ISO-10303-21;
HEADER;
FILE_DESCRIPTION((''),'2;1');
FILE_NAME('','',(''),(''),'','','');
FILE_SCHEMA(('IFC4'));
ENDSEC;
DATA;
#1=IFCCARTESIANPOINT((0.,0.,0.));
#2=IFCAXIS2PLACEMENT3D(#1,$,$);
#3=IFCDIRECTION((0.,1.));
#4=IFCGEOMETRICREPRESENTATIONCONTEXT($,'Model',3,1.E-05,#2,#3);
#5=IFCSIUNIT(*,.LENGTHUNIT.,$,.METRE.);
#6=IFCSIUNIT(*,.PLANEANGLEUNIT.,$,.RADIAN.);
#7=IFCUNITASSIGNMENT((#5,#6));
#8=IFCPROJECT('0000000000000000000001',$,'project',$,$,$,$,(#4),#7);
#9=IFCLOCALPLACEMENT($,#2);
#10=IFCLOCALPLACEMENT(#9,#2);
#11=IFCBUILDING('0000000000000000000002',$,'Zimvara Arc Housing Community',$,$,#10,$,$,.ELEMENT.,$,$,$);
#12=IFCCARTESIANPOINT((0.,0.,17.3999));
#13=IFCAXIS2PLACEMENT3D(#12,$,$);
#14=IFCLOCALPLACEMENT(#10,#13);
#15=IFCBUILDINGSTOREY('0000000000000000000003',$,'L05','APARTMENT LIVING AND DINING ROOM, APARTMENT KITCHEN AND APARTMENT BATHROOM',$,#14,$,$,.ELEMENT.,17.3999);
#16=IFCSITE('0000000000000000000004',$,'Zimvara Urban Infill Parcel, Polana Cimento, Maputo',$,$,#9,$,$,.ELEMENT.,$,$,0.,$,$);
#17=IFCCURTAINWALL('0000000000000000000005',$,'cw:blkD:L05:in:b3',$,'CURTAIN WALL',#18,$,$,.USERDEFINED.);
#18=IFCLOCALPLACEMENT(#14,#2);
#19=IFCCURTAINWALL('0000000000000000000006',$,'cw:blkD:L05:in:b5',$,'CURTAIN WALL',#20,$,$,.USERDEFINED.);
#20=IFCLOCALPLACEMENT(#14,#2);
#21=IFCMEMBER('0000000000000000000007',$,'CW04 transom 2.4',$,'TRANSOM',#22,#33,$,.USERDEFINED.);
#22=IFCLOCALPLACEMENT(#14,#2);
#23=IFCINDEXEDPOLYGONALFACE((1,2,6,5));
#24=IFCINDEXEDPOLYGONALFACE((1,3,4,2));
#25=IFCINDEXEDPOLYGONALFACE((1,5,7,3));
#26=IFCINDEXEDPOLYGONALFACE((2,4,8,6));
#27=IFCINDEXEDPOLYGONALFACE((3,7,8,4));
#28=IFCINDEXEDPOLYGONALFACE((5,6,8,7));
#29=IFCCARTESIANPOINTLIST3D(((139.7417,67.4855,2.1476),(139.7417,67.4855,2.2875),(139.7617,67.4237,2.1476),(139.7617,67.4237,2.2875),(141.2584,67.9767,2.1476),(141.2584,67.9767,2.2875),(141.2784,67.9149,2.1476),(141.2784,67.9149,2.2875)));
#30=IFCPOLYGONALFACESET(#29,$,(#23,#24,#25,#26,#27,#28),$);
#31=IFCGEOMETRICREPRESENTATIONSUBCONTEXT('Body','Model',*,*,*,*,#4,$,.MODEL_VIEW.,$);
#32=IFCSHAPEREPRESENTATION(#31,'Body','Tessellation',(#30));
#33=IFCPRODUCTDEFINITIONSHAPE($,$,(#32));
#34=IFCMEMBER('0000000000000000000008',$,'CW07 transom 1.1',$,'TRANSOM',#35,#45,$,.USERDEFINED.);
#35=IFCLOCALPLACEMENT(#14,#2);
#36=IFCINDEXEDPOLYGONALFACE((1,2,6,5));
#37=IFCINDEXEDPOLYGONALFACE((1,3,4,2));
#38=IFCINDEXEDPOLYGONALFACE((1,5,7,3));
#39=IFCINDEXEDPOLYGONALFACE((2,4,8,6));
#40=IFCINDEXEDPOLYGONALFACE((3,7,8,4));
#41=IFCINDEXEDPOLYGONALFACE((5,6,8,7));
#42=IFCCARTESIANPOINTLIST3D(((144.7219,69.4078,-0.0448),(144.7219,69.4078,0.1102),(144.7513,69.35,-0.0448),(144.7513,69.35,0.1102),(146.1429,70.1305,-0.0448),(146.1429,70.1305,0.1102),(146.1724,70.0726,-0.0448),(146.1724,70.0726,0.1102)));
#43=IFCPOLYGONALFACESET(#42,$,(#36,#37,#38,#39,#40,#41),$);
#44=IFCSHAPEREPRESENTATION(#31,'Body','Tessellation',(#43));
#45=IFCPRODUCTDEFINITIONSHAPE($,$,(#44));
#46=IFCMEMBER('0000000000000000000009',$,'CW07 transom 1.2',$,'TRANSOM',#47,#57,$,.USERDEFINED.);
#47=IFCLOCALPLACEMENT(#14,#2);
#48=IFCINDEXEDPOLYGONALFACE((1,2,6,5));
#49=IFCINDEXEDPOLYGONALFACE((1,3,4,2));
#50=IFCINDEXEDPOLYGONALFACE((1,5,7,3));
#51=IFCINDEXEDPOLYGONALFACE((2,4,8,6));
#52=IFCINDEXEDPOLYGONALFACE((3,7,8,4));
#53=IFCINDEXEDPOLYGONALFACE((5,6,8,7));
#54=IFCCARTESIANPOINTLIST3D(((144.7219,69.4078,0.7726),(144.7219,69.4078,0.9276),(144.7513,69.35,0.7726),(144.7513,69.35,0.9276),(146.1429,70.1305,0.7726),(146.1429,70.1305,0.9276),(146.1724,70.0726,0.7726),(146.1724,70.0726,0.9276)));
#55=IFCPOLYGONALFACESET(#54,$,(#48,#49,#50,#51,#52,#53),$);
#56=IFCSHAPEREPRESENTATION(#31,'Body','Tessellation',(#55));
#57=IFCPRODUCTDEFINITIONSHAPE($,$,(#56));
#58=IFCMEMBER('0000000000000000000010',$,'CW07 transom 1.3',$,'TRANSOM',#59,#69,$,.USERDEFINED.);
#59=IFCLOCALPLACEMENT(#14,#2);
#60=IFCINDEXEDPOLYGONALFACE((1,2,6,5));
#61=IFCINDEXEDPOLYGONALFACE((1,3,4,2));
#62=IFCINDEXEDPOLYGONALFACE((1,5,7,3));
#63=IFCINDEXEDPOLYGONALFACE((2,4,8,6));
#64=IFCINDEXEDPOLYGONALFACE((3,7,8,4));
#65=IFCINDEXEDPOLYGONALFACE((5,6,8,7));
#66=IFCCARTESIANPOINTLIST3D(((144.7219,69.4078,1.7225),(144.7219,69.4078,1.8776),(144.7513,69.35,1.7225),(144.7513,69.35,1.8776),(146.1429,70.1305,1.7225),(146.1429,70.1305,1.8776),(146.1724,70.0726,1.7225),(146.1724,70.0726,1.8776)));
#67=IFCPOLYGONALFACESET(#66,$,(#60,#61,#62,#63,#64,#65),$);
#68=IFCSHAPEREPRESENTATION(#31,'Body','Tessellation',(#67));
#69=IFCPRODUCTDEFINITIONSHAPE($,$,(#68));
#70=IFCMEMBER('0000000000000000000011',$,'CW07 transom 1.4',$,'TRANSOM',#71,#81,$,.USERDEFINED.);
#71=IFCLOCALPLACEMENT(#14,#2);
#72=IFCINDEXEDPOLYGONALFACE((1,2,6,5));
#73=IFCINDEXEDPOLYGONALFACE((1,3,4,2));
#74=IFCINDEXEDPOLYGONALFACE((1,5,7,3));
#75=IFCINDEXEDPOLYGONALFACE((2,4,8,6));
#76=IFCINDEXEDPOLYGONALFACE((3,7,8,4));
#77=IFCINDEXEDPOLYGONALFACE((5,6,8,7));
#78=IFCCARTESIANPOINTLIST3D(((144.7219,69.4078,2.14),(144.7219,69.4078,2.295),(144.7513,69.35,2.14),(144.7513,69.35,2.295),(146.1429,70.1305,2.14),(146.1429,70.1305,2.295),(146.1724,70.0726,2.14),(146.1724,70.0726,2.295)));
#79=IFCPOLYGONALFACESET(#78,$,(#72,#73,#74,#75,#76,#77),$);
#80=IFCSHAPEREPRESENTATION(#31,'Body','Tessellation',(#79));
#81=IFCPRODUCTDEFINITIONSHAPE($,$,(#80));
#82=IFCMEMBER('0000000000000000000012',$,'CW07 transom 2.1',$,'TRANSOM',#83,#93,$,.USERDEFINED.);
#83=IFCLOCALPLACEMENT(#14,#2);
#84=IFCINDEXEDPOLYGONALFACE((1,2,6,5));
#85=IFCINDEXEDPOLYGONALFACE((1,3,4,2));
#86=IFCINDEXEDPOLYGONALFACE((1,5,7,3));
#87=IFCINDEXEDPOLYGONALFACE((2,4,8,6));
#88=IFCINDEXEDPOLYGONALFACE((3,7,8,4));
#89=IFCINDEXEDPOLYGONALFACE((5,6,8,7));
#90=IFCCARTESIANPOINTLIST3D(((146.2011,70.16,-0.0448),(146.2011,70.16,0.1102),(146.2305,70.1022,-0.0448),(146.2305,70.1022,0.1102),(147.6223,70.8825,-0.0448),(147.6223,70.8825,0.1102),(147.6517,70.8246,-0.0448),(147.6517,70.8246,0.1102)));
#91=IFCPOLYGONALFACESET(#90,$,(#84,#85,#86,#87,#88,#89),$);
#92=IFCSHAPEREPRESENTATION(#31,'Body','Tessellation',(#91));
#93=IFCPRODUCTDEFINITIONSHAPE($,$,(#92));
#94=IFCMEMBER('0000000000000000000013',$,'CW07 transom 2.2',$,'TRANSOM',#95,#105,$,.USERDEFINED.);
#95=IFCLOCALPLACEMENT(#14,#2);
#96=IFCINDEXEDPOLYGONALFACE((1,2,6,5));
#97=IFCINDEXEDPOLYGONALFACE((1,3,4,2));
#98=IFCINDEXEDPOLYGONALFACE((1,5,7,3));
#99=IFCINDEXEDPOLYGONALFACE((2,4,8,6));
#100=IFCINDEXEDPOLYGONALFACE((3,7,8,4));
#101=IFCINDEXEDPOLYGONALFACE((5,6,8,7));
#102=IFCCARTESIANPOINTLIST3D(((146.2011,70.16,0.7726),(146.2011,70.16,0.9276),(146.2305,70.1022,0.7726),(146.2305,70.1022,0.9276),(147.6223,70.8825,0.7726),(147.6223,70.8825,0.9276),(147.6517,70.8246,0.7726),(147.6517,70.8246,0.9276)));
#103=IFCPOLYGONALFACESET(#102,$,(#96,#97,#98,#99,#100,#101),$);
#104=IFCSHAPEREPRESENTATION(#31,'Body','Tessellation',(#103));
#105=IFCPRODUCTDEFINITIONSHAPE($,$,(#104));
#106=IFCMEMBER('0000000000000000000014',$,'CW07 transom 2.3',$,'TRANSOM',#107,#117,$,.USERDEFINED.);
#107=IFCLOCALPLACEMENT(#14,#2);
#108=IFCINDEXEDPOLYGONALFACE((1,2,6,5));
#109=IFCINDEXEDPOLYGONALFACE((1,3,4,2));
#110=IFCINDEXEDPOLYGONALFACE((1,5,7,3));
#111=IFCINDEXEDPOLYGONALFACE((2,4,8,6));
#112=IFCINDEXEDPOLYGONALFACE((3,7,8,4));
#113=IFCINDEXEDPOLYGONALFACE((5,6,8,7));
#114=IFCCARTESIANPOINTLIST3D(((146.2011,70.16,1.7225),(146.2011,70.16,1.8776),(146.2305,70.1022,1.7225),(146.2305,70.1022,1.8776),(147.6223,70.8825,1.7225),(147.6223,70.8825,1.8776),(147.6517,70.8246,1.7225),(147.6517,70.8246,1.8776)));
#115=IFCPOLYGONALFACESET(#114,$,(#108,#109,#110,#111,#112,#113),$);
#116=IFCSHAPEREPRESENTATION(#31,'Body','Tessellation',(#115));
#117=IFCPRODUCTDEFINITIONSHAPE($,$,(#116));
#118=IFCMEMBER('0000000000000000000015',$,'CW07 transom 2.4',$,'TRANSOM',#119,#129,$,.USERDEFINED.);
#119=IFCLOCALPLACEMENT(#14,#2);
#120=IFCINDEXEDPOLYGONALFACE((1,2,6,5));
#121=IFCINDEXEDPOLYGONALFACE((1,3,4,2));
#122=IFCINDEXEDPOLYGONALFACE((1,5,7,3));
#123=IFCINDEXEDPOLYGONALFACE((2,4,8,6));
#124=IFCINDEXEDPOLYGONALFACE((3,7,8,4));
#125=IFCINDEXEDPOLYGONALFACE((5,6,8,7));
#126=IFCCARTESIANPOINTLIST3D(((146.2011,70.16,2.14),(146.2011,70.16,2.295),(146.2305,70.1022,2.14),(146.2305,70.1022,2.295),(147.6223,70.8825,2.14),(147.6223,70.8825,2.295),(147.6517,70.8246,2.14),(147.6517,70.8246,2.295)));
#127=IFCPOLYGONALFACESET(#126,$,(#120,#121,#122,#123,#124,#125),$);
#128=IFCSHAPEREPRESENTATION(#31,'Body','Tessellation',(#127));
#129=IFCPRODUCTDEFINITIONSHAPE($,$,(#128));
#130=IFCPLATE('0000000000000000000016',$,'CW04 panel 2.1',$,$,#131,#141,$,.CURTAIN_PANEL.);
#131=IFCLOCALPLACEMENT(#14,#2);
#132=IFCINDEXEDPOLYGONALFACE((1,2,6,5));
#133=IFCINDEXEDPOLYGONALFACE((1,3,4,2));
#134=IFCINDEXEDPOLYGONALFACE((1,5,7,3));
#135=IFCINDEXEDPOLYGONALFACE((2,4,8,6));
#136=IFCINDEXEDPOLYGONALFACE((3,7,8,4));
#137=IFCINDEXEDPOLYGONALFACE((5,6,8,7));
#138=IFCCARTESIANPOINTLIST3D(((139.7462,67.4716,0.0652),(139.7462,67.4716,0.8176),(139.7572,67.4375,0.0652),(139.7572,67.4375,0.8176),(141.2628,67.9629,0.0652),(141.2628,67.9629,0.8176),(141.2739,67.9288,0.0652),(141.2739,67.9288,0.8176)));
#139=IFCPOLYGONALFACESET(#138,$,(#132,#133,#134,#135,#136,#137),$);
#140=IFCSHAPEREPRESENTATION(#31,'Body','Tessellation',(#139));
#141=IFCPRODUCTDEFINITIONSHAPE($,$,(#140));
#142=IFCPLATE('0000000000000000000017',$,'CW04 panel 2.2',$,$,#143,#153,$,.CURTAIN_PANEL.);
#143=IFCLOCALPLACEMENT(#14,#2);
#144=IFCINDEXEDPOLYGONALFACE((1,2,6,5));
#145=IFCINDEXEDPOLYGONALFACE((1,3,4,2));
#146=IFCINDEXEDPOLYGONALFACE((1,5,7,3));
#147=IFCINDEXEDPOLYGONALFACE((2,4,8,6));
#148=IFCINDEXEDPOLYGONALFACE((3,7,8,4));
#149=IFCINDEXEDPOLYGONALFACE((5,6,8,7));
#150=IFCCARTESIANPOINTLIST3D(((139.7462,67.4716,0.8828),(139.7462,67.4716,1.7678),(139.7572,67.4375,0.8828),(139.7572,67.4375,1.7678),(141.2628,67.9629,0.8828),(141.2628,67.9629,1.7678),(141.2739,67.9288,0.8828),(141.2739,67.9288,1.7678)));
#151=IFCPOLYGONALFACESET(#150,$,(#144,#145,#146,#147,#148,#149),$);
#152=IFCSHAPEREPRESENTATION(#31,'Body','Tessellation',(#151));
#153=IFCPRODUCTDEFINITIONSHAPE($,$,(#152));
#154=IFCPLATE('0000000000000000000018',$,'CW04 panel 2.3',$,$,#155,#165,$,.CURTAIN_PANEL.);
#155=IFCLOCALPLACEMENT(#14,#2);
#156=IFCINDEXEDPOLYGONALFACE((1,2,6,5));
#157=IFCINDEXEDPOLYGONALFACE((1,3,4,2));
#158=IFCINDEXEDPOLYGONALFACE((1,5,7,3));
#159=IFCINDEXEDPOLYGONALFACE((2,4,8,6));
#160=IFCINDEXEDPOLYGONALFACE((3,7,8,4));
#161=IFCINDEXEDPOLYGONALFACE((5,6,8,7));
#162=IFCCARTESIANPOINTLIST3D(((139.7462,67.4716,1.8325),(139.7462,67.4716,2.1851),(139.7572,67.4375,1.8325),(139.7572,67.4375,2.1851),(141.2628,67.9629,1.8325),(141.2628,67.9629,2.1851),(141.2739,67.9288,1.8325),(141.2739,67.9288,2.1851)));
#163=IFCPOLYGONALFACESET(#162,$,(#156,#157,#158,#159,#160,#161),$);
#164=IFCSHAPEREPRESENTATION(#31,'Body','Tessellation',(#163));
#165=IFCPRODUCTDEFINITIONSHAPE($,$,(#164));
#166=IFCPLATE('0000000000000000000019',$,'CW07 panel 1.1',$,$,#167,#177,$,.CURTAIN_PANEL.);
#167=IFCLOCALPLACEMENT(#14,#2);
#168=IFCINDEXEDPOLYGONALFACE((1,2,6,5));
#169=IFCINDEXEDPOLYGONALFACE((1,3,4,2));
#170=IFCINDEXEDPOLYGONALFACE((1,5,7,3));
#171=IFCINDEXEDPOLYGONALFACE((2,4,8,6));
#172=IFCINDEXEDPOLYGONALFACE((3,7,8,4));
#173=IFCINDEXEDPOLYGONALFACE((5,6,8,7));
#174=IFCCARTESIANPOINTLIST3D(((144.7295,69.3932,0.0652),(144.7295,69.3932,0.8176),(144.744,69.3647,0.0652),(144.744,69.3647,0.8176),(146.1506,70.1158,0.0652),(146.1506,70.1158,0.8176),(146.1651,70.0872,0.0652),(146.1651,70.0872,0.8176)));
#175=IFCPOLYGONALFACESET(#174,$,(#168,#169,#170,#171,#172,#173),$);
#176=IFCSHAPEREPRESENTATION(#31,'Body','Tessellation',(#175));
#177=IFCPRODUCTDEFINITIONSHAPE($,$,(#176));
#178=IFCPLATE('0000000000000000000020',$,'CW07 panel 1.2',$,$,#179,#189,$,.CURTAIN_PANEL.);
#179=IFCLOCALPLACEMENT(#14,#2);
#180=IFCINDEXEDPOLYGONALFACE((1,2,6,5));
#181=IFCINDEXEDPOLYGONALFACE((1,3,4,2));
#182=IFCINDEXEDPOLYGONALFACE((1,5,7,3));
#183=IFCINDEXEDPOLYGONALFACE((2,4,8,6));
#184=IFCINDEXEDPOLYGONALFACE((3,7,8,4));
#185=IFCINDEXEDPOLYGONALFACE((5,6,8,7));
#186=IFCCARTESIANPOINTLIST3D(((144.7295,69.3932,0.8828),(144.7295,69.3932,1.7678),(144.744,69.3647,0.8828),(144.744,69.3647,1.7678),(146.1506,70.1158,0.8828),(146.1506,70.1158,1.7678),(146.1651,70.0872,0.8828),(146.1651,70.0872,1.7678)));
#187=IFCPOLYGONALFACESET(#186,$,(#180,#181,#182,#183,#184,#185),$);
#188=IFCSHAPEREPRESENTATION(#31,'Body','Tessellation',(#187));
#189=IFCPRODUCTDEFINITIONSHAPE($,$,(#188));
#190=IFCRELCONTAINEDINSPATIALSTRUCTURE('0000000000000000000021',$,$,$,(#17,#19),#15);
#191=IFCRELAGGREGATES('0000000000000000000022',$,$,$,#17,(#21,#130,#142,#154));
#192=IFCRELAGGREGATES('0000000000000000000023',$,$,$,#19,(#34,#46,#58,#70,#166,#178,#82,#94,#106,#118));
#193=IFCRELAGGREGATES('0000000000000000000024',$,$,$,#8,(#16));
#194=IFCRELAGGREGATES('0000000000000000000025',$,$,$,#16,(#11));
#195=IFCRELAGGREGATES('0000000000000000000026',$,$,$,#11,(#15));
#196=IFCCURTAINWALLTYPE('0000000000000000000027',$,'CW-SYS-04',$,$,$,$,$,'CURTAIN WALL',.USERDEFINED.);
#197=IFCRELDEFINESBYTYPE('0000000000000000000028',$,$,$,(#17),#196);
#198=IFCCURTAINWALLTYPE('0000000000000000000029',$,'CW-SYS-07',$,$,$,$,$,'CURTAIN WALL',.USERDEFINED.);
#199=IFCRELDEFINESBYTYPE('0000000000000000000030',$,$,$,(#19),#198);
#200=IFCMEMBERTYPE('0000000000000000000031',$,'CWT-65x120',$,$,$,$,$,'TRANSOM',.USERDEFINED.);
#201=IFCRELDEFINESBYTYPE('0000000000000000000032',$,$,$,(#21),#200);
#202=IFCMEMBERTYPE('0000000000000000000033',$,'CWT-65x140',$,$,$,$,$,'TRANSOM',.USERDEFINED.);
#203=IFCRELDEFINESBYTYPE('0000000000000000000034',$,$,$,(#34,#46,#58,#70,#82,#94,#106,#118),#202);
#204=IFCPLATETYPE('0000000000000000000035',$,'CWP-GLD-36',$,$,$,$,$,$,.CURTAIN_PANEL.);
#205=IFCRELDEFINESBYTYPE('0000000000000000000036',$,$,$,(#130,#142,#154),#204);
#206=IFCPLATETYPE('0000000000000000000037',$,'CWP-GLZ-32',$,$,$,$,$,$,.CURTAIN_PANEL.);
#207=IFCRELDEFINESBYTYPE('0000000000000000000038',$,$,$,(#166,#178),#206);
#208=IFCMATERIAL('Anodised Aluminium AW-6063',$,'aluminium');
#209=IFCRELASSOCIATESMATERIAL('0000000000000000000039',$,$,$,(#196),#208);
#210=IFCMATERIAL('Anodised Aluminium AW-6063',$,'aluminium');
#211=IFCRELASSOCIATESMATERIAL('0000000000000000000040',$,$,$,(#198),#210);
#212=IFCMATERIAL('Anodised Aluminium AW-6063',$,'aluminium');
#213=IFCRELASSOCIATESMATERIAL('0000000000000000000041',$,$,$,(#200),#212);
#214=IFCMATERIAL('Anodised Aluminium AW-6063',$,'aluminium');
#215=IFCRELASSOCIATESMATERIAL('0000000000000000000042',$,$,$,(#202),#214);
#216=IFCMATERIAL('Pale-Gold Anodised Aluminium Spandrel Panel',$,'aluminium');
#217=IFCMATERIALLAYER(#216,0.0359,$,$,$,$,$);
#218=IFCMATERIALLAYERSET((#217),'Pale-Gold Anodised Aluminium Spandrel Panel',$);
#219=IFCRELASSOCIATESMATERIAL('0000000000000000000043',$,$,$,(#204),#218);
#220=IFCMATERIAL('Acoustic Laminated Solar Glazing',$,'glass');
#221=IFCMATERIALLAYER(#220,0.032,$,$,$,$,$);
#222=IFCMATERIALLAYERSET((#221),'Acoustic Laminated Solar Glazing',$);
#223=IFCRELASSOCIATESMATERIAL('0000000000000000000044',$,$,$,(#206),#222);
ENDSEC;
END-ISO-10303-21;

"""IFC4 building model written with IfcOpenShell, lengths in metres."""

from ifc_helpers import new_model, si_unit, direction, frame, origin, origin_2d, place, context, subcontext, project, spatial, rectangle, extrude, material, layer, layer_set, material_profile, profile_set, type_object, element, aggregate, save


model = new_model("IFC4")

# Units and contexts
model_context = context("Model", 3, precision=1e-05, world=origin(), true_north=direction((0.0, 1.0)))
body_context = subcontext(model_context, "Body", "Model", "MODEL_VIEW")
ifc_project = project(units=[si_unit("LENGTHUNIT", "METRE"), si_unit("PLANEANGLEUNIT", "RADIAN")], contexts=[model_context])

# Site, building, storey
site_placement = place(None, origin())
site = spatial("IfcSite", under=ifc_project, at=site_placement, Name="Zimvara Urban Infill Parcel, Polana Cimento, Maputo", CompositionType="ELEMENT", RefElevation=0.0)
building_placement = place(site_placement, origin())
building = spatial("IfcBuilding", under=site, at=building_placement, Name="Zimvara Arc Housing Community", CompositionType="ELEMENT")
storey_placement = place(building_placement, frame((0.0, 0.0, 17.3999)))
storey = spatial("IfcBuildingStorey", under=building, at=storey_placement, Name="L05", Description="APARTMENT LIVING AND DINING ROOM, APARTMENT KITCHEN AND APARTMENT BATHROOM", CompositionType="ELEMENT", Elevation=17.3999)

# Curtain walls
ifc_material_1 = material(Name="Anodised Aluminium AW-6063", Category="aluminium")
curtain_wall_type_1 = type_object("IfcCurtainWallType", Name="CW-SYS-04", ElementType="CURTAIN WALL", PredefinedType="USERDEFINED", material=ifc_material_1)
curtain_wall_1_placement = place(storey_placement, origin())
curtain_wall_1 = element("IfcCurtainWall", 1, at=curtain_wall_1_placement, inside=storey, type_object=curtain_wall_type_1, Name="cw:blkD:L05:in:b3", ObjectType="CURTAIN WALL", PredefinedType="USERDEFINED")
ifc_material_2 = material(Name="Anodised Aluminium AW-6063", Category="aluminium")
curtain_wall_type_2 = type_object("IfcCurtainWallType", Name="CW-SYS-07", ElementType="CURTAIN WALL", PredefinedType="USERDEFINED", material=ifc_material_2)
curtain_wall_2_placement = place(storey_placement, origin())
curtain_wall_2 = element("IfcCurtainWall", 2, at=curtain_wall_2_placement, inside=storey, type_object=curtain_wall_type_2, Name="cw:blkD:L05:in:b5", ObjectType="CURTAIN WALL", PredefinedType="USERDEFINED")

# Members
ifc_material_3 = material(Name="Anodised Aluminium AW-6063", Category="aluminium")
ifc_material_profile_1 = material_profile(ifc_material_3, rectangle(XDim=0.0649, YDim=0.1399, at=origin_2d()), Name="ALU 65x140")
ifc_profile_set_1 = profile_set([ifc_material_profile_1], Name="Anodised Aluminium AW-6063")
member_type_1 = type_object("IfcMemberType", Name="CWT-65x120", ElementType="TRANSOM", PredefinedType="USERDEFINED", material=ifc_profile_set_1)
member_1_placement = place(storey_placement, frame((139.7517, 67.4546, 2.2175), z_axis=(0.951344, 0.30813, 0.0), x_axis=(-0.30813, 0.951344, 0.0)))
member_1 = element("IfcMember", 3, at=member_1_placement, type_object=member_type_1, Name="CW04 transom 2.4", ObjectType="TRANSOM", PredefinedType="USERDEFINED", context=body_context, shape_type="SweptSolid", body=[
    extrude(rectangle(XDim=0.0649, YDim=0.1399, at=origin_2d()), origin(), (0.0, 0.0, 1.0), 1.5942),
])
ifc_material_4 = material(Name="Anodised Aluminium AW-6063", Category="aluminium")
ifc_material_profile_2 = material_profile(ifc_material_4, rectangle(XDim=0.0649, YDim=0.155, at=origin_2d()), Name="ALU 65x155")
ifc_profile_set_2 = profile_set([ifc_material_profile_2], Name="Anodised Aluminium AW-6063")
member_type_2 = type_object("IfcMemberType", Name="CWT-65x140", ElementType="TRANSOM", PredefinedType="USERDEFINED", material=ifc_profile_set_2)
member_2_placement = place(storey_placement, frame((144.7366, 69.3789, 0.0327), z_axis=(0.891375, 0.453267, 0.0), x_axis=(-0.453267, 0.891375, 0.0)))
member_2 = element("IfcMember", 4, at=member_2_placement, type_object=member_type_2, Name="CW07 transom 1.1", ObjectType="TRANSOM", PredefinedType="USERDEFINED", context=body_context, shape_type="SweptSolid", body=[
    extrude(rectangle(XDim=0.0649, YDim=0.155, at=origin_2d()), origin(), (0.0, 0.0, 1.0), 1.5942),
])
member_3_placement = place(storey_placement, frame((144.7366, 69.3789, 0.8501), z_axis=(0.891375, 0.453267, 0.0), x_axis=(-0.453267, 0.891375, 0.0)))
member_3 = element("IfcMember", 5, at=member_3_placement, type_object=member_type_2, Name="CW07 transom 1.2", ObjectType="TRANSOM", PredefinedType="USERDEFINED", context=body_context, shape_type="SweptSolid", body=[
    extrude(rectangle(XDim=0.0649, YDim=0.155, at=origin_2d()), origin(), (0.0, 0.0, 1.0), 1.5942),
])
member_4_placement = place(storey_placement, frame((144.7366, 69.3789, 1.8), z_axis=(0.891375, 0.453267, 0.0), x_axis=(-0.453267, 0.891375, 0.0)))
member_4 = element("IfcMember", 6, at=member_4_placement, type_object=member_type_2, Name="CW07 transom 1.3", ObjectType="TRANSOM", PredefinedType="USERDEFINED", context=body_context, shape_type="SweptSolid", body=[
    extrude(rectangle(XDim=0.0649, YDim=0.155, at=origin_2d()), origin(), (0.0, 0.0, 1.0), 1.5942),
])
member_5_placement = place(storey_placement, frame((144.7366, 69.3789, 2.2175), z_axis=(0.891375, 0.453267, 0.0), x_axis=(-0.453267, 0.891375, 0.0)))
member_5 = element("IfcMember", 7, at=member_5_placement, type_object=member_type_2, Name="CW07 transom 1.4", ObjectType="TRANSOM", PredefinedType="USERDEFINED", context=body_context, shape_type="SweptSolid", body=[
    extrude(rectangle(XDim=0.0649, YDim=0.155, at=origin_2d()), origin(), (0.0, 0.0, 1.0), 1.5942),
])
member_6_placement = place(storey_placement, frame((146.2158, 70.1311, 0.0327), z_axis=(0.891437, 0.453146, 0.0), x_axis=(-0.453146, 0.891437, 0.0)))
member_6 = element("IfcMember", 8, at=member_6_placement, type_object=member_type_2, Name="CW07 transom 2.1", ObjectType="TRANSOM", PredefinedType="USERDEFINED", context=body_context, shape_type="SweptSolid", body=[
    extrude(rectangle(XDim=0.0649, YDim=0.155, at=origin_2d()), origin(), (0.0, 0.0, 1.0), 1.5942),
])
member_7_placement = place(storey_placement, frame((146.2158, 70.1311, 0.8501), z_axis=(0.891437, 0.453146, 0.0), x_axis=(-0.453146, 0.891437, 0.0)))
member_7 = element("IfcMember", 9, at=member_7_placement, type_object=member_type_2, Name="CW07 transom 2.2", ObjectType="TRANSOM", PredefinedType="USERDEFINED", context=body_context, shape_type="SweptSolid", body=[
    extrude(rectangle(XDim=0.0649, YDim=0.155, at=origin_2d()), origin(), (0.0, 0.0, 1.0), 1.5942),
])
member_8_placement = place(storey_placement, frame((146.2158, 70.1311, 1.8), z_axis=(0.891437, 0.453146, 0.0), x_axis=(-0.453146, 0.891437, 0.0)))
member_8 = element("IfcMember", 10, at=member_8_placement, type_object=member_type_2, Name="CW07 transom 2.3", ObjectType="TRANSOM", PredefinedType="USERDEFINED", context=body_context, shape_type="SweptSolid", body=[
    extrude(rectangle(XDim=0.0649, YDim=0.155, at=origin_2d()), origin(), (0.0, 0.0, 1.0), 1.5942),
])
member_9_placement = place(storey_placement, frame((146.2158, 70.1311, 2.2175), z_axis=(0.891437, 0.453146, 0.0), x_axis=(-0.453146, 0.891437, 0.0)))
member_9 = element("IfcMember", 11, at=member_9_placement, type_object=member_type_2, Name="CW07 transom 2.4", ObjectType="TRANSOM", PredefinedType="USERDEFINED", context=body_context, shape_type="SweptSolid", body=[
    extrude(rectangle(XDim=0.0649, YDim=0.155, at=origin_2d()), origin(), (0.0, 0.0, 1.0), 1.5942),
])

# Plates
ifc_material_5 = material(Name="Pale-Gold Anodised Aluminium Spandrel Panel", Category="aluminium")
ifc_layer_1 = layer(ifc_material_5, 0.0359)
ifc_layer_set_1 = layer_set([ifc_layer_1], Name="Pale-Gold Anodised Aluminium Spandrel Panel")
plate_type_1 = type_object("IfcPlateType", Name="CWP-GLD-36", PredefinedType="CURTAIN_PANEL", material=ifc_layer_set_1)
plate_1_placement = place(storey_placement, frame((140.51, 67.7002, 0.0652), z_axis=(0.0, 0.0, 1.0), x_axis=(0.951326, 0.308185, 0.0)))
plate_1 = element("IfcPlate", 12, at=plate_1_placement, type_object=plate_type_1, Name="CW04 panel 2.1", PredefinedType="CURTAIN_PANEL", context=body_context, shape_type="SweptSolid", body=[
    extrude(rectangle(XDim=1.5942, YDim=0.0359, at=origin_2d()), origin(), (0.0, 0.0, 1.0), 0.7524),
])
plate_2_placement = place(storey_placement, frame((140.51, 67.7002, 0.8828), z_axis=(0.0, 0.0, 1.0), x_axis=(0.951326, 0.308185, 0.0)))
plate_2 = element("IfcPlate", 13, at=plate_2_placement, type_object=plate_type_1, Name="CW04 panel 2.2", PredefinedType="CURTAIN_PANEL", context=body_context, shape_type="SweptSolid", body=[
    extrude(rectangle(XDim=1.5942, YDim=0.0359, at=origin_2d()), origin(), (0.0, 0.0, 1.0), 0.885),
])
plate_3_placement = place(storey_placement, frame((140.51, 67.7002, 1.8325), z_axis=(0.0, 0.0, 1.0), x_axis=(0.951326, 0.308185, 0.0)))
plate_3 = element("IfcPlate", 14, at=plate_3_placement, type_object=plate_type_1, Name="CW04 panel 2.3", PredefinedType="CURTAIN_PANEL", context=body_context, shape_type="SweptSolid", body=[
    extrude(rectangle(XDim=1.5942, YDim=0.0359, at=origin_2d()), origin(), (0.0, 0.0, 1.0), 0.3525),
])
aggregate(curtain_wall_1, [member_1, plate_1, plate_2, plate_3])
ifc_material_6 = material(Name="Acoustic Laminated Solar Glazing", Category="glass")
ifc_layer_2 = layer(ifc_material_6, 0.032)
ifc_layer_set_2 = layer_set([ifc_layer_2], Name="Acoustic Laminated Solar Glazing")
plate_type_2 = type_object("IfcPlateType", Name="CWP-GLZ-32", PredefinedType="CURTAIN_PANEL", material=ifc_layer_set_2)
plate_4_placement = place(storey_placement, frame((145.4473, 69.7402, 0.0652), z_axis=(0.0, 0.0, 1.0), x_axis=(0.891403, 0.453211, 0.0)))
plate_4 = element("IfcPlate", 15, at=plate_4_placement, type_object=plate_type_2, Name="CW07 panel 1.1", PredefinedType="CURTAIN_PANEL", context=body_context, shape_type="SweptSolid", body=[
    extrude(rectangle(XDim=1.5942, YDim=0.032, at=origin_2d()), origin(), (0.0, 0.0, 1.0), 0.7524),
])
plate_5_placement = place(storey_placement, frame((145.4473, 69.7402, 0.8828), z_axis=(0.0, 0.0, 1.0), x_axis=(0.891403, 0.453211, 0.0)))
plate_5 = element("IfcPlate", 16, at=plate_5_placement, type_object=plate_type_2, Name="CW07 panel 1.2", PredefinedType="CURTAIN_PANEL", context=body_context, shape_type="SweptSolid", body=[
    extrude(rectangle(XDim=1.5942, YDim=0.032, at=origin_2d()), origin(), (0.0, 0.0, 1.0), 0.885),
])
aggregate(curtain_wall_2, [member_2, member_3, member_4, member_5, plate_4, plate_5, member_6, member_7, member_8, member_9])

save(model, "model.ifc")
